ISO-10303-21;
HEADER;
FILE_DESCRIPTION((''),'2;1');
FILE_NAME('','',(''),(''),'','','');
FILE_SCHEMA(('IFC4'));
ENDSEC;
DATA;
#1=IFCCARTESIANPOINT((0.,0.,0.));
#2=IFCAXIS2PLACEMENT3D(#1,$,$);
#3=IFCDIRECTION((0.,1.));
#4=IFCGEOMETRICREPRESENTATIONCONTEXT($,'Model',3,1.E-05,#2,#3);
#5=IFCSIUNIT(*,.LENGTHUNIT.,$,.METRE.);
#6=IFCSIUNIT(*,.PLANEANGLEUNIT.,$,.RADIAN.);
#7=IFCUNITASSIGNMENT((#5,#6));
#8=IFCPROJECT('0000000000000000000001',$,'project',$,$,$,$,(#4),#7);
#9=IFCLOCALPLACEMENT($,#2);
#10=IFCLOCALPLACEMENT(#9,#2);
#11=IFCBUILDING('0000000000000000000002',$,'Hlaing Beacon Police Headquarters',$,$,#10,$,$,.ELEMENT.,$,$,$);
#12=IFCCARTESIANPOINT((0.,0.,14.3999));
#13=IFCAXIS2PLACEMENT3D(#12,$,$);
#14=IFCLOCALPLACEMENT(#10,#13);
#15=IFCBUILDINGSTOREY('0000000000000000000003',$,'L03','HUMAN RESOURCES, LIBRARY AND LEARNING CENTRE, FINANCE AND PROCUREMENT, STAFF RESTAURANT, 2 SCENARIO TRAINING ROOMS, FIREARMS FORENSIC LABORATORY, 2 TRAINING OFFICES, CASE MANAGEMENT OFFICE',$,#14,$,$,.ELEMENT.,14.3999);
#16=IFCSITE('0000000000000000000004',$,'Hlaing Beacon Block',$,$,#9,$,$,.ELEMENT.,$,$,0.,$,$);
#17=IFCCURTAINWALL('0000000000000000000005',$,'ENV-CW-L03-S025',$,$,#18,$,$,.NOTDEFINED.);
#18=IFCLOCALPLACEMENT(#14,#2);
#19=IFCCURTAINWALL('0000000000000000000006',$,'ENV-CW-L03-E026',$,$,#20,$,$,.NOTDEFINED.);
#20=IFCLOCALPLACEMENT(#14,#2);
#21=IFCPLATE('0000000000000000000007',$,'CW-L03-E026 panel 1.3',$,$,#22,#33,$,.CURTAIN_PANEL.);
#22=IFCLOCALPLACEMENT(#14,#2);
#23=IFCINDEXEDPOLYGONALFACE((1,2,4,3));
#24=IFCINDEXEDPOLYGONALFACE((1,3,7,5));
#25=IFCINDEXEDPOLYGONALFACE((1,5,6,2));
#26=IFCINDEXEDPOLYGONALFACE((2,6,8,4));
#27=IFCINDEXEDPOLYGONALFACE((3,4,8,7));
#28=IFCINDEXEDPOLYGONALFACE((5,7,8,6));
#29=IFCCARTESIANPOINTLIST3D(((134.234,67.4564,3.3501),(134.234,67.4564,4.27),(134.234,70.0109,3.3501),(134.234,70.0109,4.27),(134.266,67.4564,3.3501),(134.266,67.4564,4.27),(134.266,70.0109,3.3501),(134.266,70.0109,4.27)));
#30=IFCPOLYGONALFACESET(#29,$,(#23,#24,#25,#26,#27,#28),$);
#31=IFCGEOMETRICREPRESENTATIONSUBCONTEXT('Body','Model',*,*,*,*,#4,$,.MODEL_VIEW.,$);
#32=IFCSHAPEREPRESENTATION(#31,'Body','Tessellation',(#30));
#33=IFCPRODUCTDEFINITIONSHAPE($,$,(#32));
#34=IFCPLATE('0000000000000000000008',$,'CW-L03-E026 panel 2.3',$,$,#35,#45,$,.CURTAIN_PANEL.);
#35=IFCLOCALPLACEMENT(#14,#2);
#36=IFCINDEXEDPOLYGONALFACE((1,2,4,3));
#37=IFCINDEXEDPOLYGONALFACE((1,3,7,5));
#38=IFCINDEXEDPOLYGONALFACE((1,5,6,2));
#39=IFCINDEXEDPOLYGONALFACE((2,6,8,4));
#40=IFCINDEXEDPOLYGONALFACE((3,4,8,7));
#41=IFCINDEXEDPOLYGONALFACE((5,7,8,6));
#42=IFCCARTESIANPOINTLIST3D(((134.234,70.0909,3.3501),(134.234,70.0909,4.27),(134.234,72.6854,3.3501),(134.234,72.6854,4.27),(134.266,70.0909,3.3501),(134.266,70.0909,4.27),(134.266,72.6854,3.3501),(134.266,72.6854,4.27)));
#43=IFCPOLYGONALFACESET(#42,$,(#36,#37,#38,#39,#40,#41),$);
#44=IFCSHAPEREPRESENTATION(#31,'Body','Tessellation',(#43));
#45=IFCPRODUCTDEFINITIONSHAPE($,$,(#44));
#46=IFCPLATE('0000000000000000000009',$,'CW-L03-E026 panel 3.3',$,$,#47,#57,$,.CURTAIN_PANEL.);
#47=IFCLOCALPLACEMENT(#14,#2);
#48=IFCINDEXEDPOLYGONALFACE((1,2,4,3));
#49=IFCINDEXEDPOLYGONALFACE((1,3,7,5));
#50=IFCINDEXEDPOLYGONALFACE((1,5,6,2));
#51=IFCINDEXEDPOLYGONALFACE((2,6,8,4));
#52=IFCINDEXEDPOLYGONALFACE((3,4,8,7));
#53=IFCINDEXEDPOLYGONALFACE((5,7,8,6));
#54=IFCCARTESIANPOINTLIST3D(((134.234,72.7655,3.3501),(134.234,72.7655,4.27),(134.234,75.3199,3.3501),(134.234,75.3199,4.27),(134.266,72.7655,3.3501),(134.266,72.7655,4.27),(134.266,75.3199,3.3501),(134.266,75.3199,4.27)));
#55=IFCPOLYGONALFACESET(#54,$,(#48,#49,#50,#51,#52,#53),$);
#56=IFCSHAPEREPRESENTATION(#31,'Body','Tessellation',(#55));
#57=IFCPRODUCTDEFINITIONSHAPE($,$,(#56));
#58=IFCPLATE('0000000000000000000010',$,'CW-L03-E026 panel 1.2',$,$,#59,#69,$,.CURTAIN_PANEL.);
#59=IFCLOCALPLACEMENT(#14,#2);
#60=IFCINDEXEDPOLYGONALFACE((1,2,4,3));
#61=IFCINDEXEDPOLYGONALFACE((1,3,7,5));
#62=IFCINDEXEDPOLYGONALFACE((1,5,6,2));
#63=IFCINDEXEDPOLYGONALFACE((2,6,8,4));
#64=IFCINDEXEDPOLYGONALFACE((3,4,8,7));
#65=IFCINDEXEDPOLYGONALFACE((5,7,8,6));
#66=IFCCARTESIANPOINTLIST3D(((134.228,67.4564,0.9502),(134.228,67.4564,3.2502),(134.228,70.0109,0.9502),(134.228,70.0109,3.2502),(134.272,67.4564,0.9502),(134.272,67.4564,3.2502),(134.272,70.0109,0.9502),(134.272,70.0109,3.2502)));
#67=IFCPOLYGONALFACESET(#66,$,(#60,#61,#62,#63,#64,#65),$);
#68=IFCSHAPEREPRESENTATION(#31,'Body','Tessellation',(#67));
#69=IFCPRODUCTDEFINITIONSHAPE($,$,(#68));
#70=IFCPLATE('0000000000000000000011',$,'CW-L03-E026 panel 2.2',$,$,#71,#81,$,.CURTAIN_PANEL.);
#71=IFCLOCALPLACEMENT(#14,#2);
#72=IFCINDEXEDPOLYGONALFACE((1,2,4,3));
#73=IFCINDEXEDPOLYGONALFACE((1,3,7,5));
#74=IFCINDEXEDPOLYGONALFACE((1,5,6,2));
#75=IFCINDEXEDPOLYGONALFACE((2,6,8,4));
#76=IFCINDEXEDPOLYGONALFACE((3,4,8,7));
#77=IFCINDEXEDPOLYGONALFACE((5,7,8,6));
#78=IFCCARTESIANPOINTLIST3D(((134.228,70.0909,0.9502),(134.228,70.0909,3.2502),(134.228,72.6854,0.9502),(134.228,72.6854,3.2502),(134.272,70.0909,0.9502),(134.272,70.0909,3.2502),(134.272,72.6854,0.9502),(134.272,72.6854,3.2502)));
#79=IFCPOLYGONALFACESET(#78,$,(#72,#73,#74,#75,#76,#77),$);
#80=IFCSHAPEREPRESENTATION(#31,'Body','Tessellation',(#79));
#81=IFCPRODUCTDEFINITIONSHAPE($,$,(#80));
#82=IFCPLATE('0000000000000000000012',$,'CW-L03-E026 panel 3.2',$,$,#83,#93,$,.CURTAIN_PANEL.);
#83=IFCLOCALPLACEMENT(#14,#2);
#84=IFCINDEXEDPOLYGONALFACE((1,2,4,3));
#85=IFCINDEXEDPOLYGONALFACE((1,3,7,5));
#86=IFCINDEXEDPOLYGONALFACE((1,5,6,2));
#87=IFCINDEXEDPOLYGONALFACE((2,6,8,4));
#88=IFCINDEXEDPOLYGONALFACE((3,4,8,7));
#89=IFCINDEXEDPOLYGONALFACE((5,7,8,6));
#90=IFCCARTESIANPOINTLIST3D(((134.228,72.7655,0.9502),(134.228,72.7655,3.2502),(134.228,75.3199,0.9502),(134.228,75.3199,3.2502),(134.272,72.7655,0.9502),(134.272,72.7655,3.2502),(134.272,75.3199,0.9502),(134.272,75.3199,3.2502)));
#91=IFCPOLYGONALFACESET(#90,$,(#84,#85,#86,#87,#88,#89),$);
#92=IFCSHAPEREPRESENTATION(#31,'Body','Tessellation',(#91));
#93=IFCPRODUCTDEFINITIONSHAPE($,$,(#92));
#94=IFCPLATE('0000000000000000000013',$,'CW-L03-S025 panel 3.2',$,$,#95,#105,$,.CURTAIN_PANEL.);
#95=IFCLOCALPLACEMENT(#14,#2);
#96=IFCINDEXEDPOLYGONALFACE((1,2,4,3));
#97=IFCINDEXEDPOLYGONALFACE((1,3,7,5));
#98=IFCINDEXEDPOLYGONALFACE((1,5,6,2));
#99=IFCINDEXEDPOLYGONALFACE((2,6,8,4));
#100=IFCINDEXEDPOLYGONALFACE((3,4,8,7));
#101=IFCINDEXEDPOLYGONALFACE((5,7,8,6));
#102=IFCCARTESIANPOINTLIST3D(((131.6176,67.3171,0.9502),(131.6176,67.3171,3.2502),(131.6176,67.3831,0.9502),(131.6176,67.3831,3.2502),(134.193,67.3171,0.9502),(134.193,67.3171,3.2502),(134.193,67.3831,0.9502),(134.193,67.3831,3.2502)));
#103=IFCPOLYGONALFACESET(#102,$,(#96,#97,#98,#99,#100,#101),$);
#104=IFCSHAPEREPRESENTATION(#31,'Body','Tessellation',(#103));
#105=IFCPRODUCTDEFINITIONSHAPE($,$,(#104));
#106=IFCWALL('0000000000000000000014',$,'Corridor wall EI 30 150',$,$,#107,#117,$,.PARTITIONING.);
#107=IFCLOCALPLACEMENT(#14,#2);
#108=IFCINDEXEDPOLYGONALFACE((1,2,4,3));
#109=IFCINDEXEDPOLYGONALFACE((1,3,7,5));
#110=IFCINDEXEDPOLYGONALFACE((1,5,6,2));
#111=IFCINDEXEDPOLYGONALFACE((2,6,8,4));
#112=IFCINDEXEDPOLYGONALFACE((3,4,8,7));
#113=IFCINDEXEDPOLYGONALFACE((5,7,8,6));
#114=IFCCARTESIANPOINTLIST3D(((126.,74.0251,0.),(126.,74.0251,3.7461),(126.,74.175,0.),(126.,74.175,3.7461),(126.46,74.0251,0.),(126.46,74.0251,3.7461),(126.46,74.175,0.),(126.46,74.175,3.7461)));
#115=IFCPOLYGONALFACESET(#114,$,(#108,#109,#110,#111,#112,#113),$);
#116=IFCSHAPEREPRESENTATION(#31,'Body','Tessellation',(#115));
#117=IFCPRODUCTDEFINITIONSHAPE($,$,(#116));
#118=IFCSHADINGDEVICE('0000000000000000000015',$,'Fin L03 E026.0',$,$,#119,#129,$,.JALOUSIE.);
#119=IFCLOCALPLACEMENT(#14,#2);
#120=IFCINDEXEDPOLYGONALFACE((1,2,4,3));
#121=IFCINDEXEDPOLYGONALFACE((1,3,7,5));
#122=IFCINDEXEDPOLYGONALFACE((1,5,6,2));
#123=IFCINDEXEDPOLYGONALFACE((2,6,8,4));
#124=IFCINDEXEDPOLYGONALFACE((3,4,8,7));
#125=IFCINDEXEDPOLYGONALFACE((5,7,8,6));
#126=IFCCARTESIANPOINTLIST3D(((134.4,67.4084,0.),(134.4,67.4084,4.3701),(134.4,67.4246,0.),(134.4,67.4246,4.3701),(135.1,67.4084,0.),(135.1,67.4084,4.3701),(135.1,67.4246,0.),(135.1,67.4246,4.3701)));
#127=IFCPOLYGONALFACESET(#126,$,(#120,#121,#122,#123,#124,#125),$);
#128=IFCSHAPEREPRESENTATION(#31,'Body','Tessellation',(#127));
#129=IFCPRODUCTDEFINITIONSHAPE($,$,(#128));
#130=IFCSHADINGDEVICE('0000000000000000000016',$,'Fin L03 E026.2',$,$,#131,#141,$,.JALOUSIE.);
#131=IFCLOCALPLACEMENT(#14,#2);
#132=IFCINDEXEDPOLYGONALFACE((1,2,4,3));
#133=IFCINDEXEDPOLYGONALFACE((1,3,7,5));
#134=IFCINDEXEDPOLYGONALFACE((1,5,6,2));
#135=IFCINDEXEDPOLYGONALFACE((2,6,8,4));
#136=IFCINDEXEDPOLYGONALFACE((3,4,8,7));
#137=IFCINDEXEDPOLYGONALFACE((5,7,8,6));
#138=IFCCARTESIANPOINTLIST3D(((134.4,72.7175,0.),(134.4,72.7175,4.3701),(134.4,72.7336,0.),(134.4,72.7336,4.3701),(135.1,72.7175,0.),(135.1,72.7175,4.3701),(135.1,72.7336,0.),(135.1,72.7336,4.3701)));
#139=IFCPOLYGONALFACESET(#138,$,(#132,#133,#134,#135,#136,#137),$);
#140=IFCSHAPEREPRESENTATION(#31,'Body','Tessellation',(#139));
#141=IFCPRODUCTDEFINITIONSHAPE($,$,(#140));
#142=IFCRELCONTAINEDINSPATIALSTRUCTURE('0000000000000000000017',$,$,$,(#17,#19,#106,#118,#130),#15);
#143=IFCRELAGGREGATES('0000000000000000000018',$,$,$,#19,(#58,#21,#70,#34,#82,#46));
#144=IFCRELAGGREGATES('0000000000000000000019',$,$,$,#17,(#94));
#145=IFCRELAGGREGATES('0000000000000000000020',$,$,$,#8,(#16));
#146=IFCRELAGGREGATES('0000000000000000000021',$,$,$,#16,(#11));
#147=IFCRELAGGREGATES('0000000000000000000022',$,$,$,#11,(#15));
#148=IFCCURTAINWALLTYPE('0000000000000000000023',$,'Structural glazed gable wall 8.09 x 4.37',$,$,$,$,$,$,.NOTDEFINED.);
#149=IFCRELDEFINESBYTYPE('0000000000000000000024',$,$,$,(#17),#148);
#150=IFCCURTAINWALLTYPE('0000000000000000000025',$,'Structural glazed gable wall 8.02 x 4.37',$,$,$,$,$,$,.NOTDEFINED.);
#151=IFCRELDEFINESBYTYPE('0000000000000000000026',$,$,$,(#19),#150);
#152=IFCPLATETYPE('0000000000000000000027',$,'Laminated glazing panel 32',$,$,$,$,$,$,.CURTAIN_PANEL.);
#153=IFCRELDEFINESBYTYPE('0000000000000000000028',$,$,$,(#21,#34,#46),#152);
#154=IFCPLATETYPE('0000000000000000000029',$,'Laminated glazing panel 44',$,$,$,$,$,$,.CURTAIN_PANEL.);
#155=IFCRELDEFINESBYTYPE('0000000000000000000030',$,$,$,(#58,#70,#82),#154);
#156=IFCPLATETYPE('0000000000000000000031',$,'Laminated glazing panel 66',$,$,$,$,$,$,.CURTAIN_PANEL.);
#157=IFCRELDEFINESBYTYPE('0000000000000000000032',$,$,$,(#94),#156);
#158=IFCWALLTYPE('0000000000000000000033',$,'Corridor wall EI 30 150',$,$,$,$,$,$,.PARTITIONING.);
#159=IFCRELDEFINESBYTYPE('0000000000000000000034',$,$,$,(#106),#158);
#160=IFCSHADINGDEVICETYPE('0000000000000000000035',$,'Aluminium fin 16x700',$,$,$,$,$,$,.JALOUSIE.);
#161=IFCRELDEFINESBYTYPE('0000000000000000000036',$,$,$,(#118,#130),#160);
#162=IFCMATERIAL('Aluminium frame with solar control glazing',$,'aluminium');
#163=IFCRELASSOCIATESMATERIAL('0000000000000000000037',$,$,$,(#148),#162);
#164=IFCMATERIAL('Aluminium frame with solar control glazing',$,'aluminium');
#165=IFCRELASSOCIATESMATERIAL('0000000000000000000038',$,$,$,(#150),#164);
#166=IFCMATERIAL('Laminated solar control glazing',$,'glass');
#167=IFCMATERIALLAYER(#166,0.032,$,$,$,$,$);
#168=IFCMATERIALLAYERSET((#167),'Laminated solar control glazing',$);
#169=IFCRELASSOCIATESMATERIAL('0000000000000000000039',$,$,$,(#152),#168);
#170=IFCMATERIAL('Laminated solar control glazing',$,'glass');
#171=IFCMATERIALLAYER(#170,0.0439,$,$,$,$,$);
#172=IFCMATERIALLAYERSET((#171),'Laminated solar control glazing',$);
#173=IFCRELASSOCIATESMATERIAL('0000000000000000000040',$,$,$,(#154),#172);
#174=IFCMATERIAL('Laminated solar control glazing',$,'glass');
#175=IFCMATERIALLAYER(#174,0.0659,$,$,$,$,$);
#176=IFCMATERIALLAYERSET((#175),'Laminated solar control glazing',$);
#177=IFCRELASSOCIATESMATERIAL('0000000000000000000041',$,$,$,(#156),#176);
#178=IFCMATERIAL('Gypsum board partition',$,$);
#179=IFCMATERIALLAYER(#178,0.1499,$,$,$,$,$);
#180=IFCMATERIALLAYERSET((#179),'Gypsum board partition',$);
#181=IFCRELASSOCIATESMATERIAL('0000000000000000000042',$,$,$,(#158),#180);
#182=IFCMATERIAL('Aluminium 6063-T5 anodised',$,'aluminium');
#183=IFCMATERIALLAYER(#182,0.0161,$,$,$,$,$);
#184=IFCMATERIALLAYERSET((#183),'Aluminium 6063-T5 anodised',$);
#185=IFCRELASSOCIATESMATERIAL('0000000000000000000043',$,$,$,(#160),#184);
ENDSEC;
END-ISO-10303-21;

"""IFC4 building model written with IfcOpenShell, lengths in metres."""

from ifc_helpers import new_model, si_unit, direction, frame, frame_2d, origin, origin_2d, place, context, subcontext, project, spatial, rectangle, extrude, material, layer, layer_set, type_object, element, aggregate, save


model = new_model("IFC4")

# Units and contexts
model_context = context("Model", 3, precision=1e-05, world=origin(), true_north=direction((0.0, 1.0)))
body_context = subcontext(model_context, "Body", "Model", "MODEL_VIEW")
ifc_project = project(units=[si_unit("LENGTHUNIT", "METRE"), si_unit("PLANEANGLEUNIT", "RADIAN")], contexts=[model_context])

# Site, building, storey
site_placement = place(None, origin())
site = spatial("IfcSite", under=ifc_project, at=site_placement, Name="Hlaing Beacon Block", CompositionType="ELEMENT", RefElevation=0.0)
building_placement = place(site_placement, origin())
building = spatial("IfcBuilding", under=site, at=building_placement, Name="Hlaing Beacon Police Headquarters", CompositionType="ELEMENT")
storey_placement = place(building_placement, frame((0.0, 0.0, 14.3999)))
storey = spatial("IfcBuildingStorey", under=building, at=storey_placement, Name="L03", Description="HUMAN RESOURCES, LIBRARY AND LEARNING CENTRE, FINANCE AND PROCUREMENT, STAFF RESTAURANT, 2 SCENARIO TRAINING ROOMS, FIREARMS FORENSIC LABORATORY, 2 TRAINING OFFICES, CASE MANAGEMENT OFFICE", CompositionType="ELEMENT", Elevation=14.3999)

# Curtain wall
ifc_material_1 = material(Name="Aluminium frame with solar control glazing", Category="aluminium")
curtain_wall_type_1 = type_object("IfcCurtainWallType", Name="Structural glazed gable wall 8.09 x 4.37", PredefinedType="NOTDEFINED", material=ifc_material_1)
curtain_wall_1_placement = place(storey_placement, origin())
curtain_wall_1 = element("IfcCurtainWall", 1, at=curtain_wall_1_placement, inside=storey, type_object=curtain_wall_type_1, Name="ENV-CW-L03-S025", PredefinedType="NOTDEFINED")

# Curtain wall
ifc_material_2 = material(Name="Aluminium frame with solar control glazing", Category="aluminium")
curtain_wall_type_2 = type_object("IfcCurtainWallType", Name="Structural glazed gable wall 8.02 x 4.37", PredefinedType="NOTDEFINED", material=ifc_material_2)
curtain_wall_2_placement = place(storey_placement, origin())
curtain_wall_2 = element("IfcCurtainWall", 2, at=curtain_wall_2_placement, inside=storey, type_object=curtain_wall_type_2, Name="ENV-CW-L03-E026", PredefinedType="NOTDEFINED")

# Plates
ifc_material_3 = material(Name="Laminated solar control glazing", Category="glass")
ifc_layer_1 = layer(ifc_material_3, 0.032)
ifc_layer_set_1 = layer_set([ifc_layer_1], Name="Laminated solar control glazing")
plate_type_1 = type_object("IfcPlateType", Name="Laminated glazing panel 32", PredefinedType="CURTAIN_PANEL", material=ifc_layer_set_1)
plate_1_placement = place(storey_placement, frame((134.25, 68.7336, 3.3501), z_axis=(0.0, 0.0, 1.0), x_axis=(0.0, 1.0, 0.0)))
plate_1 = element("IfcPlate", 3, at=plate_1_placement, type_object=plate_type_1, Name="CW-L03-E026 panel 1.3", PredefinedType="CURTAIN_PANEL", context=body_context, shape_type="SweptSolid", body=[
    extrude(rectangle(XDim=2.5544, YDim=0.032, at=origin_2d()), origin(), (0.0, 0.0, 1.0), 0.9199),
])
plate_2_placement = place(storey_placement, frame((134.25, 71.3882, 3.3501), z_axis=(0.0, 0.0, 1.0), x_axis=(0.0, 1.0, 0.0)))
plate_2 = element("IfcPlate", 4, at=plate_2_placement, type_object=plate_type_1, Name="CW-L03-E026 panel 2.3", PredefinedType="CURTAIN_PANEL", context=body_context, shape_type="SweptSolid", body=[
    extrude(rectangle(XDim=2.5945, YDim=0.032, at=origin_2d()), origin(), (0.0, 0.0, 1.0), 0.9199),
])
plate_3_placement = place(storey_placement, frame((134.25, 74.0427, 3.3501), z_axis=(0.0, 0.0, 1.0), x_axis=(0.0, 1.0, 0.0)))
plate_3 = element("IfcPlate", 5, at=plate_3_placement, type_object=plate_type_1, Name="CW-L03-E026 panel 3.3", PredefinedType="CURTAIN_PANEL", context=body_context, shape_type="SweptSolid", body=[
    extrude(rectangle(XDim=2.5544, YDim=0.032, at=origin_2d()), origin(), (0.0, 0.0, 1.0), 0.9199),
])
ifc_material_4 = material(Name="Laminated solar control glazing", Category="glass")
ifc_layer_2 = layer(ifc_material_4, 0.0439)
ifc_layer_set_2 = layer_set([ifc_layer_2], Name="Laminated solar control glazing")
plate_type_2 = type_object("IfcPlateType", Name="Laminated glazing panel 44", PredefinedType="CURTAIN_PANEL", material=ifc_layer_set_2)
plate_4_placement = place(storey_placement, frame((134.25, 68.7336, 0.9502), z_axis=(0.0, 0.0, 1.0), x_axis=(0.0, 1.0, 0.0)))
plate_4 = element("IfcPlate", 6, at=plate_4_placement, type_object=plate_type_2, Name="CW-L03-E026 panel 1.2", PredefinedType="CURTAIN_PANEL", context=body_context, shape_type="SweptSolid", body=[
    extrude(rectangle(XDim=2.5544, YDim=0.0439, at=origin_2d()), origin(), (0.0, 0.0, 1.0), 2.3),
])
plate_5_placement = place(storey_placement, frame((134.25, 71.3882, 0.9502), z_axis=(0.0, 0.0, 1.0), x_axis=(0.0, 1.0, 0.0)))
plate_5 = element("IfcPlate", 7, at=plate_5_placement, type_object=plate_type_2, Name="CW-L03-E026 panel 2.2", PredefinedType="CURTAIN_PANEL", context=body_context, shape_type="SweptSolid", body=[
    extrude(rectangle(XDim=2.5945, YDim=0.0439, at=origin_2d()), origin(), (0.0, 0.0, 1.0), 2.3),
])
plate_6_placement = place(storey_placement, frame((134.25, 74.0427, 0.9502), z_axis=(0.0, 0.0, 1.0), x_axis=(0.0, 1.0, 0.0)))
plate_6 = element("IfcPlate", 8, at=plate_6_placement, type_object=plate_type_2, Name="CW-L03-E026 panel 3.2", PredefinedType="CURTAIN_PANEL", context=body_context, shape_type="SweptSolid", body=[
    extrude(rectangle(XDim=2.5544, YDim=0.0439, at=origin_2d()), origin(), (0.0, 0.0, 1.0), 2.3),
])
aggregate(curtain_wall_2, [plate_4, plate_1, plate_5, plate_2, plate_6, plate_3])
ifc_material_5 = material(Name="Laminated solar control glazing", Category="glass")
ifc_layer_3 = layer(ifc_material_5, 0.0659)
ifc_layer_set_3 = layer_set([ifc_layer_3], Name="Laminated solar control glazing")
plate_type_3 = type_object("IfcPlateType", Name="Laminated glazing panel 66", PredefinedType="CURTAIN_PANEL", material=ifc_layer_set_3)
plate_7_placement = place(storey_placement, frame((132.9053, 67.3501, 0.9502), z_axis=(0.0, 0.0, 1.0), x_axis=(1.0, 0.0, 0.0)))
plate_7 = element("IfcPlate", 9, at=plate_7_placement, type_object=plate_type_3, Name="CW-L03-S025 panel 3.2", PredefinedType="CURTAIN_PANEL", context=body_context, shape_type="SweptSolid", body=[
    extrude(rectangle(XDim=2.5754, YDim=0.0659, at=origin_2d()), origin(), (0.0, 0.0, 1.0), 2.3),
])
aggregate(curtain_wall_1, [plate_7])

# Wall
ifc_material_6 = material(Name="Gypsum board partition")
ifc_layer_4 = layer(ifc_material_6, 0.1499)
ifc_layer_set_4 = layer_set([ifc_layer_4], Name="Gypsum board partition")
wall_type = type_object("IfcWallType", Name="Corridor wall EI 30 150", PredefinedType="PARTITIONING", material=ifc_layer_set_4)
wall_placement = place(storey_placement, frame((126.0, 74.1001, 0.0), z_axis=(0.0, 0.0, 1.0), x_axis=(1.0, 0.0, 0.0)))
element("IfcWall", 10, at=wall_placement, inside=storey, type_object=wall_type, Name="Corridor wall EI 30 150", PredefinedType="PARTITIONING", context=body_context, shape_type="SweptSolid", body=[
    extrude(rectangle(XDim=0.46, YDim=0.1499, at=frame_2d((0.23, 0.0))), origin(), (0.0, 0.0, 1.0), 3.7461),
])

# Shading devices
ifc_material_7 = material(Name="Aluminium 6063-T5 anodised", Category="aluminium")
ifc_layer_5 = layer(ifc_material_7, 0.0161)
ifc_layer_set_5 = layer_set([ifc_layer_5], Name="Aluminium 6063-T5 anodised")
shading_device_type = type_object("IfcShadingDeviceType", Name="Aluminium fin 16x700", PredefinedType="JALOUSIE", material=ifc_layer_set_5)
for number, where, z_axis, x_axis, name in (
    (11, (134.75, 67.4165, 0.0), (0.0, 0.0, 1.0), (0.0, 1.0, 0.0), "Fin L03 E026.0"),
    (12, (134.75, 72.7256, 0.0), (0.0, 0.0, 1.0), (0.0, 1.0, 0.0), "Fin L03 E026.2"),
):
    element("IfcShadingDevice", number, at=place(storey_placement, frame(where, z_axis=z_axis, x_axis=x_axis)), inside=storey, type_object=shading_device_type, Name=name, PredefinedType="JALOUSIE", context=body_context, shape_type="SweptSolid", body=[
        extrude(rectangle(XDim=0.0161, YDim=0.7, at=origin_2d()), origin(), (0.0, 0.0, 1.0), 4.3701),
    ])

save(model, "model.ifc")
